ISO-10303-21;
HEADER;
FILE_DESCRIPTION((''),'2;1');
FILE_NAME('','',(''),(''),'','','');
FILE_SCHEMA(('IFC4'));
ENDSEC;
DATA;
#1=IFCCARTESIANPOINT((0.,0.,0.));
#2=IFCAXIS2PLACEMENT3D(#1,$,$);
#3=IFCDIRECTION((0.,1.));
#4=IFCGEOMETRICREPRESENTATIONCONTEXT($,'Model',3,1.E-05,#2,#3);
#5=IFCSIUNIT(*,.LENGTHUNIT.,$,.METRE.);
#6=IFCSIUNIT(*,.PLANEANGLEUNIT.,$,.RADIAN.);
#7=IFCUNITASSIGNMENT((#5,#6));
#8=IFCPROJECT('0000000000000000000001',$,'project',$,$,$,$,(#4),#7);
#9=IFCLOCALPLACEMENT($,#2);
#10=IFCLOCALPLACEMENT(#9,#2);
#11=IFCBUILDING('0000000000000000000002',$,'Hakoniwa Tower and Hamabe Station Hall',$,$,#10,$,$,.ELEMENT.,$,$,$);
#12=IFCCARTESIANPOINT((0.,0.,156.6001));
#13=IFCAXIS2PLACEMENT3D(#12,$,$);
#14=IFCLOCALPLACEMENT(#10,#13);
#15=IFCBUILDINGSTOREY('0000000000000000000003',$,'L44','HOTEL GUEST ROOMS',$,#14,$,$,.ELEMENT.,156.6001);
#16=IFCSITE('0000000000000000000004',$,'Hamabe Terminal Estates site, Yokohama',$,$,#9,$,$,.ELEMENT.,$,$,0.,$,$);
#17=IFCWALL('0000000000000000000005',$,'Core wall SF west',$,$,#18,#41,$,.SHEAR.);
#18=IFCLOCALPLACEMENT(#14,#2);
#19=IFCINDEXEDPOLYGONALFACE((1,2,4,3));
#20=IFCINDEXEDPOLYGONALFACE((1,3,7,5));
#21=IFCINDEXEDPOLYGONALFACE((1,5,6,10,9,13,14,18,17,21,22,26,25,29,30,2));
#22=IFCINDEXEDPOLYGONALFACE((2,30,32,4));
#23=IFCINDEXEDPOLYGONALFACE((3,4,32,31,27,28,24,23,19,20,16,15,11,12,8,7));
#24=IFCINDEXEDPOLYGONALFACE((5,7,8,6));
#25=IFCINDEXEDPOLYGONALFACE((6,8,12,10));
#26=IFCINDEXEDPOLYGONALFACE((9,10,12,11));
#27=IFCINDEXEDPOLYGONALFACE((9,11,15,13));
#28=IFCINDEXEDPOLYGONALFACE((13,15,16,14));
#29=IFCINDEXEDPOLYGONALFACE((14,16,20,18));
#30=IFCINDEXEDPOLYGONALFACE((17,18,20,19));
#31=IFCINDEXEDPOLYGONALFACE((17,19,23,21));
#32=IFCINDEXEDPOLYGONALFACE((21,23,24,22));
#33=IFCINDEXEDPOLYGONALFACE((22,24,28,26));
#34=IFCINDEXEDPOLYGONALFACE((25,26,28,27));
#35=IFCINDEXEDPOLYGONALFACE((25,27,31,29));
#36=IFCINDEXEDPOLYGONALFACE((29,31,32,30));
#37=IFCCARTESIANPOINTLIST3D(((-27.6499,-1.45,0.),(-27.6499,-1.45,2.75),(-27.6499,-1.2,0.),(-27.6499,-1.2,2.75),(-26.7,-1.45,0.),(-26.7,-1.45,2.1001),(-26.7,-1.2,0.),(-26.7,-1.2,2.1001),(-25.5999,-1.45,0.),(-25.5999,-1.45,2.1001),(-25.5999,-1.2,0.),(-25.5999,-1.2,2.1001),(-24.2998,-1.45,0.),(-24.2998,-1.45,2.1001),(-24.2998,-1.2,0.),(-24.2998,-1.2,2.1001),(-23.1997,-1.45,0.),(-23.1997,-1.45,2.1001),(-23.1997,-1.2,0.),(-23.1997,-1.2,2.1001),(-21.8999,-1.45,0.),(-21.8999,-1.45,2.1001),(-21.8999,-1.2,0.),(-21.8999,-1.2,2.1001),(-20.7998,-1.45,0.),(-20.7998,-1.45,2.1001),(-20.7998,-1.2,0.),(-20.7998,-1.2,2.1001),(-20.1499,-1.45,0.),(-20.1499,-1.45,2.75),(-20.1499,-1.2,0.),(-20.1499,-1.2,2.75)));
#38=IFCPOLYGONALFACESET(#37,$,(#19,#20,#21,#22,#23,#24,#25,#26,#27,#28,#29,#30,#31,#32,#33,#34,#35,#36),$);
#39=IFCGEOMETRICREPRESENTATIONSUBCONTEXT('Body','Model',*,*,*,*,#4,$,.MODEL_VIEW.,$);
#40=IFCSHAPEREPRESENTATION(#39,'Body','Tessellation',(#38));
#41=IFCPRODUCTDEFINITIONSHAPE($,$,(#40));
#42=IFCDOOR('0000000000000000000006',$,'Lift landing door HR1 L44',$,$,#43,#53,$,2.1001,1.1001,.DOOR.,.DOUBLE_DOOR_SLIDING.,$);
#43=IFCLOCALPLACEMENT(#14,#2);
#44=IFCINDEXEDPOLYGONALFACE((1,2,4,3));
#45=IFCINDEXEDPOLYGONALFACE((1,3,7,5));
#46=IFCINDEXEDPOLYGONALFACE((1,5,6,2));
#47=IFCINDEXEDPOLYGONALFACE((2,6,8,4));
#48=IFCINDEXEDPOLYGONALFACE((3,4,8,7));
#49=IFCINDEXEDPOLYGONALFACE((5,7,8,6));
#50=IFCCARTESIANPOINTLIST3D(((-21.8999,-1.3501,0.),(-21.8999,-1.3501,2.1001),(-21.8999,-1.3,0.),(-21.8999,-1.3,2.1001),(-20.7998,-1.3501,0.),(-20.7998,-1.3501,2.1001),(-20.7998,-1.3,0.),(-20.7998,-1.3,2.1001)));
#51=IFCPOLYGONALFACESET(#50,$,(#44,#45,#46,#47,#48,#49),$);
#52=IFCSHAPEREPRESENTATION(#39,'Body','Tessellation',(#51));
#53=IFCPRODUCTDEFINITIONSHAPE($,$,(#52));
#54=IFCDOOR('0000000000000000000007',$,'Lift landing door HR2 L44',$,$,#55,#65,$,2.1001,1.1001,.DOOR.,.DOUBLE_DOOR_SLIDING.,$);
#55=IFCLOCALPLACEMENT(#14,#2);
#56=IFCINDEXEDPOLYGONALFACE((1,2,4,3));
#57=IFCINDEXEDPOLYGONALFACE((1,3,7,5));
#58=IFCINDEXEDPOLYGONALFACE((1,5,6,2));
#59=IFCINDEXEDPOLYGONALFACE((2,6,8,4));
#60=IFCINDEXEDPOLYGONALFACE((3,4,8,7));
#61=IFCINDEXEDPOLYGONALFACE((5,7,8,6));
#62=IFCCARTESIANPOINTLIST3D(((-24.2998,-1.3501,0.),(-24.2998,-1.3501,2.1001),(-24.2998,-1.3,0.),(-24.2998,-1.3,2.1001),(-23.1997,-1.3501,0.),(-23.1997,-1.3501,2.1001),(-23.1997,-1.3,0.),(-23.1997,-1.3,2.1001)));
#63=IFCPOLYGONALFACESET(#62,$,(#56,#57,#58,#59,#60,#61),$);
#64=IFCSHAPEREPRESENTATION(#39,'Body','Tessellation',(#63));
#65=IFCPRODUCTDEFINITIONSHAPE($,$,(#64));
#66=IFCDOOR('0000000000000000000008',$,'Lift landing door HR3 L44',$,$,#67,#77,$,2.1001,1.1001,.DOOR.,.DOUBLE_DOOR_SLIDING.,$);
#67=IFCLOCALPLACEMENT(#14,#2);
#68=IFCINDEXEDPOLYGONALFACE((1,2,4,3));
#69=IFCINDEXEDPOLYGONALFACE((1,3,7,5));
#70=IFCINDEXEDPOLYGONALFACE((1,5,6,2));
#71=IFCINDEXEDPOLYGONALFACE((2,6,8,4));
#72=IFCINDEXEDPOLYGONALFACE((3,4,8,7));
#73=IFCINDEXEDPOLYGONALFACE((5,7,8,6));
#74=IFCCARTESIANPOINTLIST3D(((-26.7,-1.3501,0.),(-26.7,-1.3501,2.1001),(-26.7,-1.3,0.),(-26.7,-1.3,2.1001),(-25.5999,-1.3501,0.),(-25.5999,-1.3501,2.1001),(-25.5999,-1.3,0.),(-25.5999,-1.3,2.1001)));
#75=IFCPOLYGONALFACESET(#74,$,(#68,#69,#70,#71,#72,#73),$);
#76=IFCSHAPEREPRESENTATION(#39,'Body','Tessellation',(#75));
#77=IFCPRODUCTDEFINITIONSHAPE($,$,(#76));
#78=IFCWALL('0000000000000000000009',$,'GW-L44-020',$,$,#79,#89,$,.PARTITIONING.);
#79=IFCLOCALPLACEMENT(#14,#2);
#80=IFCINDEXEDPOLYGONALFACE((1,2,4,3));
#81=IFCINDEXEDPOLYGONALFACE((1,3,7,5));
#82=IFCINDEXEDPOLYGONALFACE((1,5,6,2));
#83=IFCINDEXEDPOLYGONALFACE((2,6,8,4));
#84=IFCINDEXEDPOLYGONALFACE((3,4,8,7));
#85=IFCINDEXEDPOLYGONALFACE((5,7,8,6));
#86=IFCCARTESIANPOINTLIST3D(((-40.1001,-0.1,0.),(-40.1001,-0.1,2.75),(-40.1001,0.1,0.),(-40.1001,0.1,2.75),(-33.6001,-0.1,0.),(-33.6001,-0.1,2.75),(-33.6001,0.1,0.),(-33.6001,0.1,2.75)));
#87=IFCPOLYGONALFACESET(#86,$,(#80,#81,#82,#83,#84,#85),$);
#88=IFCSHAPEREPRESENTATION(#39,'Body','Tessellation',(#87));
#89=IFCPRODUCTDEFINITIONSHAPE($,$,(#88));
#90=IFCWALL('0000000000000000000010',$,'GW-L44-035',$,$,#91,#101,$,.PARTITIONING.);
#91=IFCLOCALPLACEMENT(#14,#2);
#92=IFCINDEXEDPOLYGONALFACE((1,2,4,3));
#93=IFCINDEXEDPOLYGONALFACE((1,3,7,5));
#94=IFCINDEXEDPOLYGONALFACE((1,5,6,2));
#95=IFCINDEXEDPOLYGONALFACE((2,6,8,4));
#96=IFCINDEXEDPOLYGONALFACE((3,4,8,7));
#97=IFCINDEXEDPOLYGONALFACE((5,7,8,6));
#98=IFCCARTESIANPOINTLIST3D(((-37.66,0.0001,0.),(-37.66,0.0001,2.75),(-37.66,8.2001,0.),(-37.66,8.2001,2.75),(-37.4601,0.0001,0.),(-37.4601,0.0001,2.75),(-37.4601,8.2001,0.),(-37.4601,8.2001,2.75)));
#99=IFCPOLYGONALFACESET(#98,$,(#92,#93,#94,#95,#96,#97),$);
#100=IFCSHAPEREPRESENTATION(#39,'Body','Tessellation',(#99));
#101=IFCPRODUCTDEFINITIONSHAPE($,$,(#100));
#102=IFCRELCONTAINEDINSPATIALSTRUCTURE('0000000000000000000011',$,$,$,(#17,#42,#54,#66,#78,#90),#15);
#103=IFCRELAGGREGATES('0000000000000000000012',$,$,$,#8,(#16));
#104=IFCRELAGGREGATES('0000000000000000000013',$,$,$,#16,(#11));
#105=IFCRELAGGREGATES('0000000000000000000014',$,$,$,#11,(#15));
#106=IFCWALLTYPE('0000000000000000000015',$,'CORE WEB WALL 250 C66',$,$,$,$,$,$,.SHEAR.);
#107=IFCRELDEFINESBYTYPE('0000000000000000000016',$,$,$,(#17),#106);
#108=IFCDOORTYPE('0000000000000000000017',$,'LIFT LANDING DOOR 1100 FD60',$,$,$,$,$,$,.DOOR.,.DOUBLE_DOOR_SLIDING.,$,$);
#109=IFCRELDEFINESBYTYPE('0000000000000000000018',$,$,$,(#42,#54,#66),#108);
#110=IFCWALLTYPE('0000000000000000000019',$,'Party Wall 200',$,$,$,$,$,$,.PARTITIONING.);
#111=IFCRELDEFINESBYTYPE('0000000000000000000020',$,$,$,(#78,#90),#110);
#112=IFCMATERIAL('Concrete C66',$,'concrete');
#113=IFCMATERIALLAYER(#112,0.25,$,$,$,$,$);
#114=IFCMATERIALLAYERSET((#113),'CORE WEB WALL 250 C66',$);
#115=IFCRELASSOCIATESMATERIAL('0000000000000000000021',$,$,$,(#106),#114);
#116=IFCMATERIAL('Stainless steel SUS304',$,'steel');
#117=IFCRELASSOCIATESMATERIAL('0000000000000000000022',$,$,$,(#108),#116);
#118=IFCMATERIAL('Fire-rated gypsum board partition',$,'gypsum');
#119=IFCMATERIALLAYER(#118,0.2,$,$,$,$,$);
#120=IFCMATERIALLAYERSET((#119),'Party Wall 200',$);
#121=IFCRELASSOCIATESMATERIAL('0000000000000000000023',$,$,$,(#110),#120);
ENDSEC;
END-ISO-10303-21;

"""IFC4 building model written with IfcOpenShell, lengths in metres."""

from ifc_helpers import new_model, si_unit, direction, frame, frame_2d, origin, place, context, subcontext, project, spatial, rectangle, extrude, material, layer, layer_set, type_object, element, fill, save


model = new_model("IFC4")

# Units and contexts
model_context = context("Model", 3, precision=1e-05, world=origin(), true_north=direction((0.0, 1.0)))
body_context = subcontext(model_context, "Body", "Model", "MODEL_VIEW")
ifc_project = project(units=[si_unit("LENGTHUNIT", "METRE"), si_unit("PLANEANGLEUNIT", "RADIAN")], contexts=[model_context])

# Site, building, storey
site_placement = place(None, origin())
site = spatial("IfcSite", under=ifc_project, at=site_placement, Name="Hamabe Terminal Estates site, Yokohama", CompositionType="ELEMENT", RefElevation=0.0)
building_placement = place(site_placement, origin())
building = spatial("IfcBuilding", under=site, at=building_placement, Name="Hakoniwa Tower and Hamabe Station Hall", CompositionType="ELEMENT")
storey_placement = place(building_placement, frame((0.0, 0.0, 156.6001)))
storey = spatial("IfcBuildingStorey", under=building, at=storey_placement, Name="L44", Description="HOTEL GUEST ROOMS", CompositionType="ELEMENT", Elevation=156.6001)

# Shared definitions
ifc_material_1 = material(Name="Concrete C66", Category="concrete")
ifc_layer_1 = layer(ifc_material_1, 0.25)
ifc_layer_set_1 = layer_set([ifc_layer_1], Name="CORE WEB WALL 250 C66")
wall_type_1 = type_object("IfcWallType", Name="CORE WEB WALL 250 C66", PredefinedType="SHEAR", material=ifc_layer_set_1)

# Shared definitions
ifc_material_2 = material(Name="Stainless steel SUS304", Category="steel")
door_type_1 = type_object("IfcDoorType", Name="LIFT LANDING DOOR 1100 FD60", OperationType="DOUBLE_DOOR_SLIDING", PredefinedType="DOOR", material=ifc_material_2)

# Wall, openings, doors
wall_1_placement = place(storey_placement, frame((-27.6499, -1.325, 0.0), z_axis=(0.0, 0.0, 1.0), x_axis=(1.0, 0.0, 0.0)))
wall_1 = element("IfcWall", 1, at=wall_1_placement, inside=storey, type_object=wall_type_1, Name="Core wall SF west", PredefinedType="SHEAR", context=body_context, shape_type="SweptSolid", body=[
    extrude(rectangle(XDim=7.5, YDim=0.25, at=frame_2d((3.75, 0.0))), origin(), (0.0, 0.0, 1.0), 2.75),
])
opening_1_placement = place(wall_1_placement, frame((5.75, 0.0, 0.0)))
opening_1 = element("IfcOpeningElement", 2, at=opening_1_placement, cuts=wall_1, PredefinedType="OPENING", context=body_context, shape_type="SweptSolid", body=[
    extrude(rectangle(XDim=1.1001, YDim=2.1001, at=frame_2d((0.55, 1.05))), frame((0.0, 0.135, 0.0), z_axis=(0.0, -1.0, 0.0), x_axis=(1.0, 0.0, 0.0)), (0.0, 0.0, 1.0), 0.27),
])
opening_2_placement = place(wall_1_placement, frame((3.3501, 0.0, 0.0)))
opening_2 = element("IfcOpeningElement", 3, at=opening_2_placement, cuts=wall_1, PredefinedType="OPENING", context=body_context, shape_type="SweptSolid", body=[
    extrude(rectangle(XDim=1.1001, YDim=2.1001, at=frame_2d((0.55, 1.05))), frame((0.0, 0.135, 0.0), z_axis=(0.0, -1.0, 0.0), x_axis=(1.0, 0.0, 0.0)), (0.0, 0.0, 1.0), 0.27),
])
opening_3_placement = place(wall_1_placement, frame((0.95, 0.0, 0.0)))
opening_3 = element("IfcOpeningElement", 4, at=opening_3_placement, cuts=wall_1, PredefinedType="OPENING", context=body_context, shape_type="SweptSolid", body=[
    extrude(rectangle(XDim=1.1001, YDim=2.1001, at=frame_2d((0.55, 1.05))), frame((0.0, 0.135, 0.0), z_axis=(0.0, -1.0, 0.0), x_axis=(1.0, 0.0, 0.0)), (0.0, 0.0, 1.0), 0.27),
])
door_1_placement = place(opening_1_placement, origin())
door_1 = element("IfcDoor", 5, at=door_1_placement, inside=storey, type_object=door_type_1, Name="Lift landing door HR1 L44", OperationType="DOUBLE_DOOR_SLIDING", OverallHeight=2.1001, OverallWidth=1.1001, PredefinedType="DOOR", context=body_context, shape_type="SweptSolid", body=[
    extrude(rectangle(XDim=1.1001, YDim=2.1001, at=frame_2d((0.55, 1.05))), frame((0.0, 0.0249, 0.0), z_axis=(0.0, -1.0, 0.0), x_axis=(1.0, 0.0, 0.0)), (0.0, 0.0, 1.0), 0.05),
])
fill(opening_1, door_1)
door_2_placement = place(opening_2_placement, origin())
door_2 = element("IfcDoor", 6, at=door_2_placement, inside=storey, type_object=door_type_1, Name="Lift landing door HR2 L44", OperationType="DOUBLE_DOOR_SLIDING", OverallHeight=2.1001, OverallWidth=1.1001, PredefinedType="DOOR", context=body_context, shape_type="SweptSolid", body=[
    extrude(rectangle(XDim=1.1001, YDim=2.1001, at=frame_2d((0.55, 1.05))), frame((0.0, 0.0249, 0.0), z_axis=(0.0, -1.0, 0.0), x_axis=(1.0, 0.0, 0.0)), (0.0, 0.0, 1.0), 0.05),
])
fill(opening_2, door_2)
door_3_placement = place(opening_3_placement, origin())
door_3 = element("IfcDoor", 7, at=door_3_placement, inside=storey, type_object=door_type_1, Name="Lift landing door HR3 L44", OperationType="DOUBLE_DOOR_SLIDING", OverallHeight=2.1001, OverallWidth=1.1001, PredefinedType="DOOR", context=body_context, shape_type="SweptSolid", body=[
    extrude(rectangle(XDim=1.1001, YDim=2.1001, at=frame_2d((0.55, 1.05))), frame((0.0, 0.0249, 0.0), z_axis=(0.0, -1.0, 0.0), x_axis=(1.0, 0.0, 0.0)), (0.0, 0.0, 1.0), 0.05),
])
fill(opening_3, door_3)

# Walls
ifc_material_3 = material(Name="Fire-rated gypsum board partition", Category="gypsum")
ifc_layer_2 = layer(ifc_material_3, 0.2)
ifc_layer_set_2 = layer_set([ifc_layer_2], Name="Party Wall 200")
wall_type_2 = type_object("IfcWallType", Name="Party Wall 200", PredefinedType="PARTITIONING", material=ifc_layer_set_2)
wall_2_placement = place(storey_placement, frame((-40.1001, 0.0, 0.0), z_axis=(0.0, 0.0, 1.0), x_axis=(1.0, 0.0, 0.0)))
element("IfcWall", 8, at=wall_2_placement, inside=storey, type_object=wall_type_2, Name="GW-L44-020", PredefinedType="PARTITIONING", context=body_context, shape_type="SweptSolid", body=[
    extrude(rectangle(XDim=6.5, YDim=0.2, at=frame_2d((3.25, 0.0))), origin(), (0.0, 0.0, 1.0), 2.75),
])
wall_3_placement = place(storey_placement, frame((-37.5601, 0.0, 0.0), z_axis=(0.0, 0.0, 1.0), x_axis=(0.0, 1.0, 0.0)))
element("IfcWall", 9, at=wall_3_placement, inside=storey, type_object=wall_type_2, Name="GW-L44-035", PredefinedType="PARTITIONING", context=body_context, shape_type="SweptSolid", body=[
    extrude(rectangle(XDim=8.2, YDim=0.2, at=frame_2d((4.1001, 0.0))), origin(), (0.0, 0.0, 1.0), 2.75),
])

save(model, "model.ifc")
